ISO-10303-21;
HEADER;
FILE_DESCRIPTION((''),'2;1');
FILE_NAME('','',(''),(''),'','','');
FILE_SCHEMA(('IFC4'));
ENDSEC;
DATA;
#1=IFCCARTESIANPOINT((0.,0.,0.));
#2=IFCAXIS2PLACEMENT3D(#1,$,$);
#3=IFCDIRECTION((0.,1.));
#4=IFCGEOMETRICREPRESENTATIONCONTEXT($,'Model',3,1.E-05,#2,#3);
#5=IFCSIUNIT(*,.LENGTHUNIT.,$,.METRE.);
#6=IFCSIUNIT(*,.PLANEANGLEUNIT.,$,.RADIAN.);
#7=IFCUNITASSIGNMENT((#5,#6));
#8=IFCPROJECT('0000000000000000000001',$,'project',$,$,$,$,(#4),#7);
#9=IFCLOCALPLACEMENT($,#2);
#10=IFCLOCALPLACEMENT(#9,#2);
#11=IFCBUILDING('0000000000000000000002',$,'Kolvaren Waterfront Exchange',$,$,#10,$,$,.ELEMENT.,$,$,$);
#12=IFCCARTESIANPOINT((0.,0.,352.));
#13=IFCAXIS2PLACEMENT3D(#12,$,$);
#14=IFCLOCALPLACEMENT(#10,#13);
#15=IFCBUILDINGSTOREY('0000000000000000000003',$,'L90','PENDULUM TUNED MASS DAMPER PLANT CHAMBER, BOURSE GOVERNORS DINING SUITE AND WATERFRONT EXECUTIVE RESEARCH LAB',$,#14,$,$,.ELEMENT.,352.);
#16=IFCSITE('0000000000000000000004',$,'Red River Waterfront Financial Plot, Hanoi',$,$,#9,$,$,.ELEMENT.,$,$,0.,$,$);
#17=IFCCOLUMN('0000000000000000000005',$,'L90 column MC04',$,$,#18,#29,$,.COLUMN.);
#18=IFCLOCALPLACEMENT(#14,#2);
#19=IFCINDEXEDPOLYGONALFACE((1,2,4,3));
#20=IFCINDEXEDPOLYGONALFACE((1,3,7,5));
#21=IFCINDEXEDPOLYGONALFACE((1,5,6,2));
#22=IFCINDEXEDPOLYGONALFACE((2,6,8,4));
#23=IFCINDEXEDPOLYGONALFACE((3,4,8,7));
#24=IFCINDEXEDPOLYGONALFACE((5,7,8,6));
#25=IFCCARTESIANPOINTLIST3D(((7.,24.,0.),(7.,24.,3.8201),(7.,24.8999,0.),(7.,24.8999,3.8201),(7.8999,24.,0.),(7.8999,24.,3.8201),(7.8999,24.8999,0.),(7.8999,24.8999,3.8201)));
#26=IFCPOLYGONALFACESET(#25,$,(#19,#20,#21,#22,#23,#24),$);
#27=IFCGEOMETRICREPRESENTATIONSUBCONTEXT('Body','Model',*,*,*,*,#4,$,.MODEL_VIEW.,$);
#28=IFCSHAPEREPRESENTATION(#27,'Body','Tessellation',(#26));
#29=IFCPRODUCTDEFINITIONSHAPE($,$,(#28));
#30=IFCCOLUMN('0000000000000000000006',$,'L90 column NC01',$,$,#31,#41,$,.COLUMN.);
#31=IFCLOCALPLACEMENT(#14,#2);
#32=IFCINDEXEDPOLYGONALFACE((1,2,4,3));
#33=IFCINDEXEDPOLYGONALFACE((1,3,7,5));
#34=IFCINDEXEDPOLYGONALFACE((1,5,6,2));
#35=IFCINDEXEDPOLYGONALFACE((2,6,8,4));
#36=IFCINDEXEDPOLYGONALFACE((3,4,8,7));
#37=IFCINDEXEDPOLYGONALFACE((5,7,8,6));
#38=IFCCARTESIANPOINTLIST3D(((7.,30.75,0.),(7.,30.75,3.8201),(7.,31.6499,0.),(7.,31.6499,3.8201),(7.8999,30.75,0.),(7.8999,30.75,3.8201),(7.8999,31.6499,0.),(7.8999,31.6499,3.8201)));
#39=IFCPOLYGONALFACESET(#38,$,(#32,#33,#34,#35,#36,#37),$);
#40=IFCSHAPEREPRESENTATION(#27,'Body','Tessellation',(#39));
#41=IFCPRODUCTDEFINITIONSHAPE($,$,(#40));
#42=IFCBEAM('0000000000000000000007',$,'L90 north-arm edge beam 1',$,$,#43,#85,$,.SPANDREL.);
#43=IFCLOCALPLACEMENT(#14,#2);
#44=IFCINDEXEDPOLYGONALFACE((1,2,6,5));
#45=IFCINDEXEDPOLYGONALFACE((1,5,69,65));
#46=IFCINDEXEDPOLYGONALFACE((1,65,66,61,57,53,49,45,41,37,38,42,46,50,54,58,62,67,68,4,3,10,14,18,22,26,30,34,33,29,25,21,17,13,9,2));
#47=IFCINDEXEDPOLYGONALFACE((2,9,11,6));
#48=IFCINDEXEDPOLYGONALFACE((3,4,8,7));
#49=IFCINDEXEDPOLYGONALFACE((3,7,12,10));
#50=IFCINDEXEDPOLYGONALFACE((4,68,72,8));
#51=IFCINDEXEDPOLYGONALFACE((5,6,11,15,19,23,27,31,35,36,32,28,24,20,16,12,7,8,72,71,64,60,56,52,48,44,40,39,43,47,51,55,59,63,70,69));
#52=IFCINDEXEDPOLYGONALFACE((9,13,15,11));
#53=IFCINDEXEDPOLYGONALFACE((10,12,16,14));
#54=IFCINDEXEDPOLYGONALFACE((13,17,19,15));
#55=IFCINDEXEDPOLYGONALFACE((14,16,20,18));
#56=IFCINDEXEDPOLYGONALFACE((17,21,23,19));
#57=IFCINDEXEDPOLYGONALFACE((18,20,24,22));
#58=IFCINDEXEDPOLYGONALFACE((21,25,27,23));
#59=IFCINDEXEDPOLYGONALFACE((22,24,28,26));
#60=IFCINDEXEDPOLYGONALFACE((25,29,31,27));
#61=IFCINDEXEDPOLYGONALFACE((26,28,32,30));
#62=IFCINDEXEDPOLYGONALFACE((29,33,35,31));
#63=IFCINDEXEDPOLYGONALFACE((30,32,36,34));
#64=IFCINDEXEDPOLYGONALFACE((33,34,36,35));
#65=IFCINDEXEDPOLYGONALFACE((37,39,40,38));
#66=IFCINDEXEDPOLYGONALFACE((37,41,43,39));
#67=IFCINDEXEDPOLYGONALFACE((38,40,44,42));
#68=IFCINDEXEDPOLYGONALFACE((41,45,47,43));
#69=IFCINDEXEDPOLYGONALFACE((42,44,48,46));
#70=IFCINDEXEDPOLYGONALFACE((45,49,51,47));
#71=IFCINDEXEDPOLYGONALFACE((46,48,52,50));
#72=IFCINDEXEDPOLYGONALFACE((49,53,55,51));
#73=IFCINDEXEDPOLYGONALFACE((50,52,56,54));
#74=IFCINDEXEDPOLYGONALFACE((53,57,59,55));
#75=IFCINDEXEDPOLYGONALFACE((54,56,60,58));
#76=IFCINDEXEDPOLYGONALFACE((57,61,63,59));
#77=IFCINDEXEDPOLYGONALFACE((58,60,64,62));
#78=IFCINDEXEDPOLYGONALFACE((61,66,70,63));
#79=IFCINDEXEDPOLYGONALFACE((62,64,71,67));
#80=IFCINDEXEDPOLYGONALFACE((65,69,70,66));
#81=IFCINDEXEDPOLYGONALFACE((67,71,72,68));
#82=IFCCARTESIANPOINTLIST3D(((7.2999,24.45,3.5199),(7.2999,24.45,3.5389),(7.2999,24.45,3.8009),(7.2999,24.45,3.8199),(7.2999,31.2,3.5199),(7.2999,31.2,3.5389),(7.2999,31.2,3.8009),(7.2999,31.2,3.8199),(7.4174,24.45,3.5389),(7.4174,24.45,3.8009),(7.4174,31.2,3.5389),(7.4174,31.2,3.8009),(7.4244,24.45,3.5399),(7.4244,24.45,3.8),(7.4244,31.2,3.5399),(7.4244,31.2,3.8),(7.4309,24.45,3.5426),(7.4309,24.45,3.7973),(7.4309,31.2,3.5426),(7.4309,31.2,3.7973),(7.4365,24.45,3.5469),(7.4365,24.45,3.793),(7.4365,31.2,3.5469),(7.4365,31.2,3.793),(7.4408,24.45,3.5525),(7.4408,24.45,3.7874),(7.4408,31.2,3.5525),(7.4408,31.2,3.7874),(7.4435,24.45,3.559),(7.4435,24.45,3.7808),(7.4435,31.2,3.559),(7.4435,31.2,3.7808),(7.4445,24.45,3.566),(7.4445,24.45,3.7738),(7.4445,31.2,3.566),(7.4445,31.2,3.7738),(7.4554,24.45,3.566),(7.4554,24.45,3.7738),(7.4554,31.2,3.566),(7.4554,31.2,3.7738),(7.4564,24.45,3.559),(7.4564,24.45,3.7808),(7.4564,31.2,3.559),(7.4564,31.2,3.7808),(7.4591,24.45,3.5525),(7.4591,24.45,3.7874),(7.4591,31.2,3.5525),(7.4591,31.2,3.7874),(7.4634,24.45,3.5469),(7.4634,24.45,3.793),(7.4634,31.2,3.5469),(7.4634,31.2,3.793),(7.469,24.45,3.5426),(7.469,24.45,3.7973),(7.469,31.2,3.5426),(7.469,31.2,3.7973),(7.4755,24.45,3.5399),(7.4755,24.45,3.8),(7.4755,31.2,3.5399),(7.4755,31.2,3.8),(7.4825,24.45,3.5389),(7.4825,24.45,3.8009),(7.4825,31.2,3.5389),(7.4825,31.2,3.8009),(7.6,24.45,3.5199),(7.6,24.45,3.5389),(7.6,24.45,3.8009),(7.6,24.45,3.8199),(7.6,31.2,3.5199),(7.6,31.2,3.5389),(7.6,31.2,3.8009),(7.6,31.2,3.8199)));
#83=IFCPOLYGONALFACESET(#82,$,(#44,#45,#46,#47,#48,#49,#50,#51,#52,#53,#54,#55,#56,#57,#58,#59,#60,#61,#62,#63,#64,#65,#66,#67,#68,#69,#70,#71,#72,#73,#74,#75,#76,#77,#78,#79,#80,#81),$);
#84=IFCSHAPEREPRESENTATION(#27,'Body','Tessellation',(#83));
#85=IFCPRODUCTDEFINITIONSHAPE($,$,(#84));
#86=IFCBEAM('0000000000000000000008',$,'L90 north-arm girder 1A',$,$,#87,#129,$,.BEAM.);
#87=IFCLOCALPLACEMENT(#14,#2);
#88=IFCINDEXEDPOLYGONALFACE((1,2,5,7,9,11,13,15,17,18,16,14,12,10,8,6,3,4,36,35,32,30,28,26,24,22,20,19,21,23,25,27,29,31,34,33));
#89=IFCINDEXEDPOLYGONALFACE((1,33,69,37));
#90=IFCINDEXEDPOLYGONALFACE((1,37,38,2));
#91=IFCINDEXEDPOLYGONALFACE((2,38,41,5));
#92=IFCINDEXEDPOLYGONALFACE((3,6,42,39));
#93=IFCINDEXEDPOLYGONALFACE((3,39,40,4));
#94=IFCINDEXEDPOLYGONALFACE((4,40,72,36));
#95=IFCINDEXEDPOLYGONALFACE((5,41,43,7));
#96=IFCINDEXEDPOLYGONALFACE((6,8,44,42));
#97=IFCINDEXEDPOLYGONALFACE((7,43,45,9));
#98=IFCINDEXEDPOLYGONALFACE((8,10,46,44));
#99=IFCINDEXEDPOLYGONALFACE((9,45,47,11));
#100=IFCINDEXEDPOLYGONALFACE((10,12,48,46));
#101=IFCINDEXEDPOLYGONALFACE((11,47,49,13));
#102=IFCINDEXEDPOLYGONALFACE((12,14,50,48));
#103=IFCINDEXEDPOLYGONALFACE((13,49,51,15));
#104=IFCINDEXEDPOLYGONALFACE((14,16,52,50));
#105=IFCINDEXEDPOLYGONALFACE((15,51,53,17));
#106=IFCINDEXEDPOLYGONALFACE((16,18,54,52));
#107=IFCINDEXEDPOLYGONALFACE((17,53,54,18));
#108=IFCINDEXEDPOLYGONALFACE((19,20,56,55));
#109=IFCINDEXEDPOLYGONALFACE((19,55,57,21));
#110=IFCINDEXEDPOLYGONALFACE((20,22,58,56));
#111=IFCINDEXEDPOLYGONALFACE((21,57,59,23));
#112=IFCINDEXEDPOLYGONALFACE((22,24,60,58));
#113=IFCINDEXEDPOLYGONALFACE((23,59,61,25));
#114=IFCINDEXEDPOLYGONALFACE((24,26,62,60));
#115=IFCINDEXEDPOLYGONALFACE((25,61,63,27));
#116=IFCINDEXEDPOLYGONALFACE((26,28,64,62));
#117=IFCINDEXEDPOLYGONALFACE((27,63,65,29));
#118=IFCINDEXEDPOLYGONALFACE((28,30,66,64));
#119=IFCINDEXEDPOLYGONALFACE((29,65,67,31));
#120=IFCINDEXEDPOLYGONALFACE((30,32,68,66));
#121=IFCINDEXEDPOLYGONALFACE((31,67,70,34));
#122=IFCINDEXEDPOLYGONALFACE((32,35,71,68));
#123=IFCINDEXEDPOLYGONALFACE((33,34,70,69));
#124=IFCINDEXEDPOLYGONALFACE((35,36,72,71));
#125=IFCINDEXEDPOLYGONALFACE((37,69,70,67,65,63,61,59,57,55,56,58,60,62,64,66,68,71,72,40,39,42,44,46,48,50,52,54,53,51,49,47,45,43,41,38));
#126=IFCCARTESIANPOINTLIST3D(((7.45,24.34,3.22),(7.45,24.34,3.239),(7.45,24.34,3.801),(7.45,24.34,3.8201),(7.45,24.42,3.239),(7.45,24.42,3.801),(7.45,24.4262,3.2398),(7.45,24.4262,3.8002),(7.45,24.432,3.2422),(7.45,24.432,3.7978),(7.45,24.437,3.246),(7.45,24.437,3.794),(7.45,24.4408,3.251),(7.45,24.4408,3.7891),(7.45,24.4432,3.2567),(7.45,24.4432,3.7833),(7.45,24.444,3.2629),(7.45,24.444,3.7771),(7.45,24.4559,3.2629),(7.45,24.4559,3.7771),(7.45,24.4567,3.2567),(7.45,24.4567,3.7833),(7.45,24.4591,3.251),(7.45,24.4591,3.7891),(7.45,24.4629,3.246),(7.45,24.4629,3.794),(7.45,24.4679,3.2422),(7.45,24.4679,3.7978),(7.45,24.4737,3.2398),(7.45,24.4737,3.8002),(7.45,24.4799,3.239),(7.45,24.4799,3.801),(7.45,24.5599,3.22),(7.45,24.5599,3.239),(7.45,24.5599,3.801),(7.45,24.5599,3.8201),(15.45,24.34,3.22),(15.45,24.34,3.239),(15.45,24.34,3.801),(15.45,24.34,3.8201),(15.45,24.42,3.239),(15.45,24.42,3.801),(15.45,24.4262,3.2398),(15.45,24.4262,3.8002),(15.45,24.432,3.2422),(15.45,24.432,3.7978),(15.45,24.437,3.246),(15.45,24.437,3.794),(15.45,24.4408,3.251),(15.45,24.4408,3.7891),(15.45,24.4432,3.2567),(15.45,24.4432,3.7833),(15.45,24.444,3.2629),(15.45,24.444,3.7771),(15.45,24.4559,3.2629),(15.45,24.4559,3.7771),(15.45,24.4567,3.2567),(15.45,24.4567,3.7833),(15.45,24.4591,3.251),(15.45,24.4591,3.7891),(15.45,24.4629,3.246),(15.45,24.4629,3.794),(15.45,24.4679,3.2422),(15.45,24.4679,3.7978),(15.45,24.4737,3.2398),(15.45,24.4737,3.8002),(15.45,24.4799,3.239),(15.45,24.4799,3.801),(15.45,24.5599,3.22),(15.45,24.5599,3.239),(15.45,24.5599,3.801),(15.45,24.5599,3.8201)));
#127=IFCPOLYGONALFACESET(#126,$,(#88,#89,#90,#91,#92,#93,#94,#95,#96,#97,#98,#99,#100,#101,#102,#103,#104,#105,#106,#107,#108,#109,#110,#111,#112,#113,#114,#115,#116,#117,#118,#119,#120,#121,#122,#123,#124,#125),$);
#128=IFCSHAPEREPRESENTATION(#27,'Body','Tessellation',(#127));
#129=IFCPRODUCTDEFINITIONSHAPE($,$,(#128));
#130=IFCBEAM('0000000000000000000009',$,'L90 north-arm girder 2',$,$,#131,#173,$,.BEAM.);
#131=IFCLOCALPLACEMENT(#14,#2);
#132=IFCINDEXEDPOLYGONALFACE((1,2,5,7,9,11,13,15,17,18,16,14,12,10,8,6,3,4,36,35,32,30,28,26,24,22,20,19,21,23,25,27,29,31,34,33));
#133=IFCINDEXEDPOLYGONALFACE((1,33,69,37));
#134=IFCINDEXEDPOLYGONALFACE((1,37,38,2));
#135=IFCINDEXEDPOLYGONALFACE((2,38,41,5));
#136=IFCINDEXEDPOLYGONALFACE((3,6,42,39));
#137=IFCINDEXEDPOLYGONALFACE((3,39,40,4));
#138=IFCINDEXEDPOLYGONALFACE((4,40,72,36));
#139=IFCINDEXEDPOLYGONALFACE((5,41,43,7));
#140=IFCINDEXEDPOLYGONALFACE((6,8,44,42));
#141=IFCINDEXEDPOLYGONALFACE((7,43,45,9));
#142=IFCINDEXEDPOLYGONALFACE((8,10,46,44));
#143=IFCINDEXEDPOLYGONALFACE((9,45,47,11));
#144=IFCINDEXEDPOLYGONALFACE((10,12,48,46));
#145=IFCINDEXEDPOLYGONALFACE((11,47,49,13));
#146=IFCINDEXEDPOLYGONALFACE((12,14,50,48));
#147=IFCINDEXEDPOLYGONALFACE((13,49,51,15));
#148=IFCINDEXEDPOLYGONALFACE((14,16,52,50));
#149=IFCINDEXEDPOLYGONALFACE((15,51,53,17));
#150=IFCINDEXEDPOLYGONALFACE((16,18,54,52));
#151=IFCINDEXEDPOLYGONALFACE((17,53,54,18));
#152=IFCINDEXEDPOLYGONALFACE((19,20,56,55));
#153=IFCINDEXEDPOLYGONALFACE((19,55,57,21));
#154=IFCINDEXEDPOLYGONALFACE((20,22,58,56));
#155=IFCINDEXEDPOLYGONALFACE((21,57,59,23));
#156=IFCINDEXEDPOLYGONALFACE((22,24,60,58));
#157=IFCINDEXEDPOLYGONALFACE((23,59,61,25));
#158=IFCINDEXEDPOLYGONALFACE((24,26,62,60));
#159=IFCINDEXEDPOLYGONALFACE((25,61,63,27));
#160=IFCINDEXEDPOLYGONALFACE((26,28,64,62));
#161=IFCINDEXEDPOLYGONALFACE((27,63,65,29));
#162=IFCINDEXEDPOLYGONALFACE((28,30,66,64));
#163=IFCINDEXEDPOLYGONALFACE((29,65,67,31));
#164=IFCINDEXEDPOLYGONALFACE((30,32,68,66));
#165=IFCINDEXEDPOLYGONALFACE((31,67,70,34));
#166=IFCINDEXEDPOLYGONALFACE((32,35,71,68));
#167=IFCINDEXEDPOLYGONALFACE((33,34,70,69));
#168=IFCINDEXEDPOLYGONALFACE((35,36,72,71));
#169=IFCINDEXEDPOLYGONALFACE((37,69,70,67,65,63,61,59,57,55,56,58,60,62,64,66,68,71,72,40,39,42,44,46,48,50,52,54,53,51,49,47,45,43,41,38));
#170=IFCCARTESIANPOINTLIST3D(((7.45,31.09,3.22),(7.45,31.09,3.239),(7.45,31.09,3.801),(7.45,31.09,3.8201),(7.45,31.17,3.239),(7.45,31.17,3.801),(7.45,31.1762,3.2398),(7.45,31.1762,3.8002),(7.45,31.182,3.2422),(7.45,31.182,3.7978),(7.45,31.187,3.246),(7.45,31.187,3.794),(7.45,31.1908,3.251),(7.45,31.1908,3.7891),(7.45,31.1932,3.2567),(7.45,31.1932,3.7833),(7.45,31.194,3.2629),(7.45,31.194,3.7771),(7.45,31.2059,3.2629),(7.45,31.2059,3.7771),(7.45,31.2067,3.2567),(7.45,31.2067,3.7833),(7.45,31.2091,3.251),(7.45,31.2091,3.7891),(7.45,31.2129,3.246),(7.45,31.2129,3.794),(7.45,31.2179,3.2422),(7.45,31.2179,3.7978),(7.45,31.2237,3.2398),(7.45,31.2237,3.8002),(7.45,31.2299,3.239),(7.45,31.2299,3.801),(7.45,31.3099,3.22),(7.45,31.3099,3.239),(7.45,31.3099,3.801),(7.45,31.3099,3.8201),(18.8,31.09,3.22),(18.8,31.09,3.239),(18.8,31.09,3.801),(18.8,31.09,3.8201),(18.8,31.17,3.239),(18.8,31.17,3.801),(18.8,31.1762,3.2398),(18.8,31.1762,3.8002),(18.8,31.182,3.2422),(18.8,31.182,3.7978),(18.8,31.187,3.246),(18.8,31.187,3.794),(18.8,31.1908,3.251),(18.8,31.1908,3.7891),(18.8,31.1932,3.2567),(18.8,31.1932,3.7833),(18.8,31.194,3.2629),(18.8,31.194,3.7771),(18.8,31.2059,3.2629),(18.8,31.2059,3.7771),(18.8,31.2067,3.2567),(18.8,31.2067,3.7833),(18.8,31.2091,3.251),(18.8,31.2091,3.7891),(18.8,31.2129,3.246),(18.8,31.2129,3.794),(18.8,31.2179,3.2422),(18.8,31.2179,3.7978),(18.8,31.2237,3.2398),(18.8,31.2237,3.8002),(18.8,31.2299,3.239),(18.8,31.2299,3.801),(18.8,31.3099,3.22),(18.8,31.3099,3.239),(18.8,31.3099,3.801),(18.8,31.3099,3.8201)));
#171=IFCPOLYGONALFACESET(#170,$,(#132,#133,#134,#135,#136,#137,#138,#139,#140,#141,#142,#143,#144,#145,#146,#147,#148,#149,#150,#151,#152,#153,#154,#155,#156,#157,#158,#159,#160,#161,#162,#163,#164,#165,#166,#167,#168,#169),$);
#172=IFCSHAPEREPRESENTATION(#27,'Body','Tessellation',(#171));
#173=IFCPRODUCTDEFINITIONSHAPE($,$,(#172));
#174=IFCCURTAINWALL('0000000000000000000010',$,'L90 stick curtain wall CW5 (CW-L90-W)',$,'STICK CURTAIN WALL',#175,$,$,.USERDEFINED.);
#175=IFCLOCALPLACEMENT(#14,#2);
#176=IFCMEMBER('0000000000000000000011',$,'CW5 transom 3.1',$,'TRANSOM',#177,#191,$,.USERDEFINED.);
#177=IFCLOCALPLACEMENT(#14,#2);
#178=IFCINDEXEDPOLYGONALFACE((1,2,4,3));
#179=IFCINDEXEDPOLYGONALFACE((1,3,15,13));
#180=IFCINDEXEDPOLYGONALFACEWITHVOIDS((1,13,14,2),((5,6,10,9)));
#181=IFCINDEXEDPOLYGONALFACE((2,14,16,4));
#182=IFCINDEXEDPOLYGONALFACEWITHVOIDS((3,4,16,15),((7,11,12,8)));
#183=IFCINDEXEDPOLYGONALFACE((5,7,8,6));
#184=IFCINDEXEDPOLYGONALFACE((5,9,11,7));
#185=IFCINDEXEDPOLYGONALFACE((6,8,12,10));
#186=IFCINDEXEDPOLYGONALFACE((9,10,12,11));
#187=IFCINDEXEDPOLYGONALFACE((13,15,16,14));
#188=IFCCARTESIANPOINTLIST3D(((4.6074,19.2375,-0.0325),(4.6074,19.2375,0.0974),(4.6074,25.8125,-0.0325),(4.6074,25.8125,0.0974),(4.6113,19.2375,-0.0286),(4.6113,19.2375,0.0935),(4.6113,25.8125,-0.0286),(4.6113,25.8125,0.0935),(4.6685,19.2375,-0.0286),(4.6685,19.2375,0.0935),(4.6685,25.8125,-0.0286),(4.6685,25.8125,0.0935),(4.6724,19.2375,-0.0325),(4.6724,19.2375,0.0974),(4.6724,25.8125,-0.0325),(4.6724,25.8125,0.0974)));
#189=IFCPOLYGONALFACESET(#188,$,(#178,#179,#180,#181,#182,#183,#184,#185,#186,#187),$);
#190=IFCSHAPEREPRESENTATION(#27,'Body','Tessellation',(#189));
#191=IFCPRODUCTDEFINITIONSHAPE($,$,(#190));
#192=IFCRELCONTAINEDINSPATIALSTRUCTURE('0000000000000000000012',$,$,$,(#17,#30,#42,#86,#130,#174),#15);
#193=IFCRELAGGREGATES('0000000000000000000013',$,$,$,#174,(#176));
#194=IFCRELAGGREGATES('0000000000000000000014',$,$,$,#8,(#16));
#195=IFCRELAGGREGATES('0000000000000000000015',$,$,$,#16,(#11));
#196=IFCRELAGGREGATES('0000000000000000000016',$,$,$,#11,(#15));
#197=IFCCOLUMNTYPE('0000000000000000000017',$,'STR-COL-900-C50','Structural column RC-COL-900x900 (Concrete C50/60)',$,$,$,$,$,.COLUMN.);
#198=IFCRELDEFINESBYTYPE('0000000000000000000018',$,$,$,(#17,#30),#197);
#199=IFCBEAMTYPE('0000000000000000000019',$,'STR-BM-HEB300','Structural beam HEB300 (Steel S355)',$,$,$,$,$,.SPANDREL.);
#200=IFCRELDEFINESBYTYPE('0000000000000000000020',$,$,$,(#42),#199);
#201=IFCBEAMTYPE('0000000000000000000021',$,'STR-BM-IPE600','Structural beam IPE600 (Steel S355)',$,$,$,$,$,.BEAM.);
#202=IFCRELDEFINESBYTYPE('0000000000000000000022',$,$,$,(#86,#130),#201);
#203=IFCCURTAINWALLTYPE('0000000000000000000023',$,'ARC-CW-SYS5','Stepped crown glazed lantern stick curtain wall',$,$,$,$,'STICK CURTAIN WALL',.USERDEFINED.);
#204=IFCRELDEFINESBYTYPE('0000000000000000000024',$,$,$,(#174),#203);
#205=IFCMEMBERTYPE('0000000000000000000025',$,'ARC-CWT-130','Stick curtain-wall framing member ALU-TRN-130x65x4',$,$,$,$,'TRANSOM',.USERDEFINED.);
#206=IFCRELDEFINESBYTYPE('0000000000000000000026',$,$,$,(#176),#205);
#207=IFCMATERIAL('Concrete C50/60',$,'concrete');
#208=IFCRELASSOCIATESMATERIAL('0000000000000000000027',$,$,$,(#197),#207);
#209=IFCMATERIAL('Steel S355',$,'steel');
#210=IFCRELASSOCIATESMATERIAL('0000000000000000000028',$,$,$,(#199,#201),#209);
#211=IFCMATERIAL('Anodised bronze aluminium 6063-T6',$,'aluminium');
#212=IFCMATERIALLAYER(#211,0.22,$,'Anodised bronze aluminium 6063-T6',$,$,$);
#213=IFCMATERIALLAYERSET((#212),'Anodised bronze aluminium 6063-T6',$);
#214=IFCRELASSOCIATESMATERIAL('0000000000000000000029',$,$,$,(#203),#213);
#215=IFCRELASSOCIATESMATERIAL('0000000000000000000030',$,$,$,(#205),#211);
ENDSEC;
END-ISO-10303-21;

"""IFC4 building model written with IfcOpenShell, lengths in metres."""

from ifc_helpers import new_model, si_unit, direction, frame, origin, origin_with_axes, origin_2d, place, context, subcontext, project, spatial, rectangle, hollow_rectangle, i_section, extrude, source, transform, mapped, material, layer, layer_set, material_profile, profile_set, type_object, element, aggregate, save


model = new_model("IFC4")

# Units and contexts
model_context = context("Model", 3, precision=1e-05, world=origin(), true_north=direction((0.0, 1.0)))
body_context = subcontext(model_context, "Body", "Model", "MODEL_VIEW")
ifc_project = project(units=[si_unit("LENGTHUNIT", "METRE"), si_unit("PLANEANGLEUNIT", "RADIAN")], contexts=[model_context])

# Site, building, storey
site_placement = place(None, origin())
site = spatial("IfcSite", under=ifc_project, at=site_placement, Name="Red River Waterfront Financial Plot, Hanoi", CompositionType="ELEMENT", RefElevation=0.0)
building_placement = place(site_placement, origin())
building = spatial("IfcBuilding", under=site, at=building_placement, Name="Kolvaren Waterfront Exchange", CompositionType="ELEMENT")
storey_placement = place(building_placement, frame((0.0, 0.0, 352.0)))
storey = spatial("IfcBuildingStorey", under=building, at=storey_placement, Name="L90", Description="PENDULUM TUNED MASS DAMPER PLANT CHAMBER, BOURSE GOVERNORS DINING SUITE AND WATERFRONT EXECUTIVE RESEARCH LAB", CompositionType="ELEMENT", Elevation=352.0)

# Columns
ifc_material_1 = material(Name="Concrete C50/60", Category="concrete")
ifc_material_profile_1 = material_profile(ifc_material_1, rectangle(XDim=0.8999, YDim=0.8999, at=origin_2d()), Name="RC-COL-900x900")
ifc_profile_set_1 = profile_set([ifc_material_profile_1], Name="Concrete C50/60")
column_type = type_object("IfcColumnType", Name="STR-COL-900-C50", Description="Structural column RC-COL-900x900 (Concrete C50/60)", PredefinedType="COLUMN", material=ifc_profile_set_1)
for number, where, z_axis, x_axis, name in (
    (1, (7.45, 24.45, 0.0), (0.0, 0.0, 1.0), (1.0, 0.0, 0.0), "L90 column MC04"),
    (2, (7.45, 31.2, 0.0), (0.0, 0.0, 1.0), (1.0, 0.0, 0.0), "L90 column NC01"),
):
    element("IfcColumn", number, at=place(storey_placement, frame(where, z_axis=z_axis, x_axis=x_axis)), inside=storey, type_object=column_type, Name=name, PredefinedType="COLUMN", context=body_context, shape_type="SweptSolid", body=[
        extrude(rectangle(XDim=0.8999, YDim=0.8999, at=origin_2d()), origin(), (0.0, 0.0, 1.0), 3.8201),
    ])

# Beams
ifc_material_2 = material(Name="Steel S355", Category="steel")
ifc_material_profile_2 = material_profile(ifc_material_2, i_section(OverallWidth=0.3, OverallDepth=0.3, WebThickness=0.011, FlangeThickness=0.019, FilletRadius=0.0271, at=origin_2d()), Name="HEB300")
ifc_profile_set_2 = profile_set([ifc_material_profile_2], Name="Steel S355")
beam_type_1 = type_object("IfcBeamType", Name="STR-BM-HEB300", Description="Structural beam HEB300 (Steel S355)", PredefinedType="SPANDREL", material=ifc_profile_set_2)
beam_1_placement = place(storey_placement, frame((7.45, 24.45, 3.6699), z_axis=(0.0, 1.0, 0.0), x_axis=(-1.0, 0.0, 0.0)))
element("IfcBeam", 3, at=beam_1_placement, inside=storey, type_object=beam_type_1, Name="L90 north-arm edge beam 1", PredefinedType="SPANDREL", context=body_context, shape_type="SweptSolid", body=[
    extrude(i_section(OverallWidth=0.3, OverallDepth=0.3, WebThickness=0.011, FlangeThickness=0.019, FilletRadius=0.0271, at=origin_2d()), origin(), (0.0, 0.0, 1.0), 6.75),
])
ifc_material_profile_3 = material_profile(ifc_material_2, i_section(OverallWidth=0.22, OverallDepth=0.6001, WebThickness=0.012, FlangeThickness=0.019, FilletRadius=0.0239, at=origin_2d()), Name="IPE600")
ifc_profile_set_3 = profile_set([ifc_material_profile_3], Name="Steel S355")
beam_type_2 = type_object("IfcBeamType", Name="STR-BM-IPE600", Description="Structural beam IPE600 (Steel S355)", PredefinedType="BEAM", material=ifc_profile_set_3)
beam_2_placement = place(storey_placement, frame((7.45, 24.45, 3.52), z_axis=(1.0, 0.0, 0.0), x_axis=(0.0, 1.0, 0.0)))
element("IfcBeam", 4, at=beam_2_placement, inside=storey, type_object=beam_type_2, Name="L90 north-arm girder 1A", PredefinedType="BEAM", context=body_context, shape_type="SweptSolid", body=[
    extrude(i_section(OverallWidth=0.22, OverallDepth=0.6001, WebThickness=0.012, FlangeThickness=0.019, FilletRadius=0.0239, at=origin_2d()), origin(), (0.0, 0.0, 1.0), 8.0),
])
beam_3_placement = place(storey_placement, frame((7.45, 31.2, 3.52), z_axis=(1.0, 0.0, 0.0), x_axis=(0.0, 1.0, 0.0)))
element("IfcBeam", 5, at=beam_3_placement, inside=storey, type_object=beam_type_2, Name="L90 north-arm girder 2", PredefinedType="BEAM", context=body_context, shape_type="SweptSolid", body=[
    extrude(i_section(OverallWidth=0.22, OverallDepth=0.6001, WebThickness=0.012, FlangeThickness=0.019, FilletRadius=0.0239, at=origin_2d()), origin(), (0.0, 0.0, 1.0), 11.3501),
])

# Curtain wall, member
ifc_material_3 = material(Name="Anodised bronze aluminium 6063-T6", Category="aluminium")
ifc_layer_1 = layer(ifc_material_3, 0.22, Name="Anodised bronze aluminium 6063-T6")
ifc_layer_set_1 = layer_set([ifc_layer_1], Name="Anodised bronze aluminium 6063-T6")
curtain_wall_type = type_object("IfcCurtainWallType", Name="ARC-CW-SYS5", Description="Stepped crown glazed lantern stick curtain wall", ElementType="STICK CURTAIN WALL", PredefinedType="USERDEFINED", material=ifc_layer_set_1)
curtain_wall_placement = place(storey_placement, origin())
curtain_wall = element("IfcCurtainWall", 6, at=curtain_wall_placement, inside=storey, type_object=curtain_wall_type, Name="L90 stick curtain wall CW5 (CW-L90-W)", ObjectType="STICK CURTAIN WALL", PredefinedType="USERDEFINED")
ifc_material_profile_4 = material_profile(ifc_material_3, hollow_rectangle(XDim=0.0649, YDim=0.1299, WallThickness=0.0039, at=origin_2d()), Name="ALU-TRN-130x65x4")
ifc_profile_set_4 = profile_set([ifc_material_profile_4], Name="Anodised bronze aluminium 6063-T6")
member_type_1 = type_object("IfcMemberType", Name="ARC-CWT-130", Description="Stick curtain-wall framing member ALU-TRN-130x65x4", ElementType="TRANSOM", PredefinedType="USERDEFINED", material=ifc_profile_set_4)
shared_shape_1 = source(origin_with_axes(), body_context, "Body", "SweptSolid", [
    extrude(hollow_rectangle(XDim=0.0649, YDim=0.1299, WallThickness=0.0039, at=origin_2d()), origin(), (0.0, 0.0, 1.0), 6.575),
])
member_1_placement = place(storey_placement, frame((4.6399, 19.2375, 0.0325), z_axis=(0.0, 1.0, 0.0), x_axis=(-1.0, 0.0, 0.0)))
member_1 = element("IfcMember", 7, at=member_1_placement, type_object=member_type_1, Name="CW5 transom 3.1", ObjectType="TRANSOM", PredefinedType="USERDEFINED", context=body_context, shape_type="MappedRepresentation", body=[
    mapped(shared_shape_1, transform((0.0, 0.0, 0.0), x_axis=(1.0, 0.0, 0.0), y_axis=(0.0, 1.0, 0.0), z_axis=(0.0, 0.0, 1.0), scale=1.0)),
])
aggregate(curtain_wall, [member_1])

save(model, "model.ifc")
